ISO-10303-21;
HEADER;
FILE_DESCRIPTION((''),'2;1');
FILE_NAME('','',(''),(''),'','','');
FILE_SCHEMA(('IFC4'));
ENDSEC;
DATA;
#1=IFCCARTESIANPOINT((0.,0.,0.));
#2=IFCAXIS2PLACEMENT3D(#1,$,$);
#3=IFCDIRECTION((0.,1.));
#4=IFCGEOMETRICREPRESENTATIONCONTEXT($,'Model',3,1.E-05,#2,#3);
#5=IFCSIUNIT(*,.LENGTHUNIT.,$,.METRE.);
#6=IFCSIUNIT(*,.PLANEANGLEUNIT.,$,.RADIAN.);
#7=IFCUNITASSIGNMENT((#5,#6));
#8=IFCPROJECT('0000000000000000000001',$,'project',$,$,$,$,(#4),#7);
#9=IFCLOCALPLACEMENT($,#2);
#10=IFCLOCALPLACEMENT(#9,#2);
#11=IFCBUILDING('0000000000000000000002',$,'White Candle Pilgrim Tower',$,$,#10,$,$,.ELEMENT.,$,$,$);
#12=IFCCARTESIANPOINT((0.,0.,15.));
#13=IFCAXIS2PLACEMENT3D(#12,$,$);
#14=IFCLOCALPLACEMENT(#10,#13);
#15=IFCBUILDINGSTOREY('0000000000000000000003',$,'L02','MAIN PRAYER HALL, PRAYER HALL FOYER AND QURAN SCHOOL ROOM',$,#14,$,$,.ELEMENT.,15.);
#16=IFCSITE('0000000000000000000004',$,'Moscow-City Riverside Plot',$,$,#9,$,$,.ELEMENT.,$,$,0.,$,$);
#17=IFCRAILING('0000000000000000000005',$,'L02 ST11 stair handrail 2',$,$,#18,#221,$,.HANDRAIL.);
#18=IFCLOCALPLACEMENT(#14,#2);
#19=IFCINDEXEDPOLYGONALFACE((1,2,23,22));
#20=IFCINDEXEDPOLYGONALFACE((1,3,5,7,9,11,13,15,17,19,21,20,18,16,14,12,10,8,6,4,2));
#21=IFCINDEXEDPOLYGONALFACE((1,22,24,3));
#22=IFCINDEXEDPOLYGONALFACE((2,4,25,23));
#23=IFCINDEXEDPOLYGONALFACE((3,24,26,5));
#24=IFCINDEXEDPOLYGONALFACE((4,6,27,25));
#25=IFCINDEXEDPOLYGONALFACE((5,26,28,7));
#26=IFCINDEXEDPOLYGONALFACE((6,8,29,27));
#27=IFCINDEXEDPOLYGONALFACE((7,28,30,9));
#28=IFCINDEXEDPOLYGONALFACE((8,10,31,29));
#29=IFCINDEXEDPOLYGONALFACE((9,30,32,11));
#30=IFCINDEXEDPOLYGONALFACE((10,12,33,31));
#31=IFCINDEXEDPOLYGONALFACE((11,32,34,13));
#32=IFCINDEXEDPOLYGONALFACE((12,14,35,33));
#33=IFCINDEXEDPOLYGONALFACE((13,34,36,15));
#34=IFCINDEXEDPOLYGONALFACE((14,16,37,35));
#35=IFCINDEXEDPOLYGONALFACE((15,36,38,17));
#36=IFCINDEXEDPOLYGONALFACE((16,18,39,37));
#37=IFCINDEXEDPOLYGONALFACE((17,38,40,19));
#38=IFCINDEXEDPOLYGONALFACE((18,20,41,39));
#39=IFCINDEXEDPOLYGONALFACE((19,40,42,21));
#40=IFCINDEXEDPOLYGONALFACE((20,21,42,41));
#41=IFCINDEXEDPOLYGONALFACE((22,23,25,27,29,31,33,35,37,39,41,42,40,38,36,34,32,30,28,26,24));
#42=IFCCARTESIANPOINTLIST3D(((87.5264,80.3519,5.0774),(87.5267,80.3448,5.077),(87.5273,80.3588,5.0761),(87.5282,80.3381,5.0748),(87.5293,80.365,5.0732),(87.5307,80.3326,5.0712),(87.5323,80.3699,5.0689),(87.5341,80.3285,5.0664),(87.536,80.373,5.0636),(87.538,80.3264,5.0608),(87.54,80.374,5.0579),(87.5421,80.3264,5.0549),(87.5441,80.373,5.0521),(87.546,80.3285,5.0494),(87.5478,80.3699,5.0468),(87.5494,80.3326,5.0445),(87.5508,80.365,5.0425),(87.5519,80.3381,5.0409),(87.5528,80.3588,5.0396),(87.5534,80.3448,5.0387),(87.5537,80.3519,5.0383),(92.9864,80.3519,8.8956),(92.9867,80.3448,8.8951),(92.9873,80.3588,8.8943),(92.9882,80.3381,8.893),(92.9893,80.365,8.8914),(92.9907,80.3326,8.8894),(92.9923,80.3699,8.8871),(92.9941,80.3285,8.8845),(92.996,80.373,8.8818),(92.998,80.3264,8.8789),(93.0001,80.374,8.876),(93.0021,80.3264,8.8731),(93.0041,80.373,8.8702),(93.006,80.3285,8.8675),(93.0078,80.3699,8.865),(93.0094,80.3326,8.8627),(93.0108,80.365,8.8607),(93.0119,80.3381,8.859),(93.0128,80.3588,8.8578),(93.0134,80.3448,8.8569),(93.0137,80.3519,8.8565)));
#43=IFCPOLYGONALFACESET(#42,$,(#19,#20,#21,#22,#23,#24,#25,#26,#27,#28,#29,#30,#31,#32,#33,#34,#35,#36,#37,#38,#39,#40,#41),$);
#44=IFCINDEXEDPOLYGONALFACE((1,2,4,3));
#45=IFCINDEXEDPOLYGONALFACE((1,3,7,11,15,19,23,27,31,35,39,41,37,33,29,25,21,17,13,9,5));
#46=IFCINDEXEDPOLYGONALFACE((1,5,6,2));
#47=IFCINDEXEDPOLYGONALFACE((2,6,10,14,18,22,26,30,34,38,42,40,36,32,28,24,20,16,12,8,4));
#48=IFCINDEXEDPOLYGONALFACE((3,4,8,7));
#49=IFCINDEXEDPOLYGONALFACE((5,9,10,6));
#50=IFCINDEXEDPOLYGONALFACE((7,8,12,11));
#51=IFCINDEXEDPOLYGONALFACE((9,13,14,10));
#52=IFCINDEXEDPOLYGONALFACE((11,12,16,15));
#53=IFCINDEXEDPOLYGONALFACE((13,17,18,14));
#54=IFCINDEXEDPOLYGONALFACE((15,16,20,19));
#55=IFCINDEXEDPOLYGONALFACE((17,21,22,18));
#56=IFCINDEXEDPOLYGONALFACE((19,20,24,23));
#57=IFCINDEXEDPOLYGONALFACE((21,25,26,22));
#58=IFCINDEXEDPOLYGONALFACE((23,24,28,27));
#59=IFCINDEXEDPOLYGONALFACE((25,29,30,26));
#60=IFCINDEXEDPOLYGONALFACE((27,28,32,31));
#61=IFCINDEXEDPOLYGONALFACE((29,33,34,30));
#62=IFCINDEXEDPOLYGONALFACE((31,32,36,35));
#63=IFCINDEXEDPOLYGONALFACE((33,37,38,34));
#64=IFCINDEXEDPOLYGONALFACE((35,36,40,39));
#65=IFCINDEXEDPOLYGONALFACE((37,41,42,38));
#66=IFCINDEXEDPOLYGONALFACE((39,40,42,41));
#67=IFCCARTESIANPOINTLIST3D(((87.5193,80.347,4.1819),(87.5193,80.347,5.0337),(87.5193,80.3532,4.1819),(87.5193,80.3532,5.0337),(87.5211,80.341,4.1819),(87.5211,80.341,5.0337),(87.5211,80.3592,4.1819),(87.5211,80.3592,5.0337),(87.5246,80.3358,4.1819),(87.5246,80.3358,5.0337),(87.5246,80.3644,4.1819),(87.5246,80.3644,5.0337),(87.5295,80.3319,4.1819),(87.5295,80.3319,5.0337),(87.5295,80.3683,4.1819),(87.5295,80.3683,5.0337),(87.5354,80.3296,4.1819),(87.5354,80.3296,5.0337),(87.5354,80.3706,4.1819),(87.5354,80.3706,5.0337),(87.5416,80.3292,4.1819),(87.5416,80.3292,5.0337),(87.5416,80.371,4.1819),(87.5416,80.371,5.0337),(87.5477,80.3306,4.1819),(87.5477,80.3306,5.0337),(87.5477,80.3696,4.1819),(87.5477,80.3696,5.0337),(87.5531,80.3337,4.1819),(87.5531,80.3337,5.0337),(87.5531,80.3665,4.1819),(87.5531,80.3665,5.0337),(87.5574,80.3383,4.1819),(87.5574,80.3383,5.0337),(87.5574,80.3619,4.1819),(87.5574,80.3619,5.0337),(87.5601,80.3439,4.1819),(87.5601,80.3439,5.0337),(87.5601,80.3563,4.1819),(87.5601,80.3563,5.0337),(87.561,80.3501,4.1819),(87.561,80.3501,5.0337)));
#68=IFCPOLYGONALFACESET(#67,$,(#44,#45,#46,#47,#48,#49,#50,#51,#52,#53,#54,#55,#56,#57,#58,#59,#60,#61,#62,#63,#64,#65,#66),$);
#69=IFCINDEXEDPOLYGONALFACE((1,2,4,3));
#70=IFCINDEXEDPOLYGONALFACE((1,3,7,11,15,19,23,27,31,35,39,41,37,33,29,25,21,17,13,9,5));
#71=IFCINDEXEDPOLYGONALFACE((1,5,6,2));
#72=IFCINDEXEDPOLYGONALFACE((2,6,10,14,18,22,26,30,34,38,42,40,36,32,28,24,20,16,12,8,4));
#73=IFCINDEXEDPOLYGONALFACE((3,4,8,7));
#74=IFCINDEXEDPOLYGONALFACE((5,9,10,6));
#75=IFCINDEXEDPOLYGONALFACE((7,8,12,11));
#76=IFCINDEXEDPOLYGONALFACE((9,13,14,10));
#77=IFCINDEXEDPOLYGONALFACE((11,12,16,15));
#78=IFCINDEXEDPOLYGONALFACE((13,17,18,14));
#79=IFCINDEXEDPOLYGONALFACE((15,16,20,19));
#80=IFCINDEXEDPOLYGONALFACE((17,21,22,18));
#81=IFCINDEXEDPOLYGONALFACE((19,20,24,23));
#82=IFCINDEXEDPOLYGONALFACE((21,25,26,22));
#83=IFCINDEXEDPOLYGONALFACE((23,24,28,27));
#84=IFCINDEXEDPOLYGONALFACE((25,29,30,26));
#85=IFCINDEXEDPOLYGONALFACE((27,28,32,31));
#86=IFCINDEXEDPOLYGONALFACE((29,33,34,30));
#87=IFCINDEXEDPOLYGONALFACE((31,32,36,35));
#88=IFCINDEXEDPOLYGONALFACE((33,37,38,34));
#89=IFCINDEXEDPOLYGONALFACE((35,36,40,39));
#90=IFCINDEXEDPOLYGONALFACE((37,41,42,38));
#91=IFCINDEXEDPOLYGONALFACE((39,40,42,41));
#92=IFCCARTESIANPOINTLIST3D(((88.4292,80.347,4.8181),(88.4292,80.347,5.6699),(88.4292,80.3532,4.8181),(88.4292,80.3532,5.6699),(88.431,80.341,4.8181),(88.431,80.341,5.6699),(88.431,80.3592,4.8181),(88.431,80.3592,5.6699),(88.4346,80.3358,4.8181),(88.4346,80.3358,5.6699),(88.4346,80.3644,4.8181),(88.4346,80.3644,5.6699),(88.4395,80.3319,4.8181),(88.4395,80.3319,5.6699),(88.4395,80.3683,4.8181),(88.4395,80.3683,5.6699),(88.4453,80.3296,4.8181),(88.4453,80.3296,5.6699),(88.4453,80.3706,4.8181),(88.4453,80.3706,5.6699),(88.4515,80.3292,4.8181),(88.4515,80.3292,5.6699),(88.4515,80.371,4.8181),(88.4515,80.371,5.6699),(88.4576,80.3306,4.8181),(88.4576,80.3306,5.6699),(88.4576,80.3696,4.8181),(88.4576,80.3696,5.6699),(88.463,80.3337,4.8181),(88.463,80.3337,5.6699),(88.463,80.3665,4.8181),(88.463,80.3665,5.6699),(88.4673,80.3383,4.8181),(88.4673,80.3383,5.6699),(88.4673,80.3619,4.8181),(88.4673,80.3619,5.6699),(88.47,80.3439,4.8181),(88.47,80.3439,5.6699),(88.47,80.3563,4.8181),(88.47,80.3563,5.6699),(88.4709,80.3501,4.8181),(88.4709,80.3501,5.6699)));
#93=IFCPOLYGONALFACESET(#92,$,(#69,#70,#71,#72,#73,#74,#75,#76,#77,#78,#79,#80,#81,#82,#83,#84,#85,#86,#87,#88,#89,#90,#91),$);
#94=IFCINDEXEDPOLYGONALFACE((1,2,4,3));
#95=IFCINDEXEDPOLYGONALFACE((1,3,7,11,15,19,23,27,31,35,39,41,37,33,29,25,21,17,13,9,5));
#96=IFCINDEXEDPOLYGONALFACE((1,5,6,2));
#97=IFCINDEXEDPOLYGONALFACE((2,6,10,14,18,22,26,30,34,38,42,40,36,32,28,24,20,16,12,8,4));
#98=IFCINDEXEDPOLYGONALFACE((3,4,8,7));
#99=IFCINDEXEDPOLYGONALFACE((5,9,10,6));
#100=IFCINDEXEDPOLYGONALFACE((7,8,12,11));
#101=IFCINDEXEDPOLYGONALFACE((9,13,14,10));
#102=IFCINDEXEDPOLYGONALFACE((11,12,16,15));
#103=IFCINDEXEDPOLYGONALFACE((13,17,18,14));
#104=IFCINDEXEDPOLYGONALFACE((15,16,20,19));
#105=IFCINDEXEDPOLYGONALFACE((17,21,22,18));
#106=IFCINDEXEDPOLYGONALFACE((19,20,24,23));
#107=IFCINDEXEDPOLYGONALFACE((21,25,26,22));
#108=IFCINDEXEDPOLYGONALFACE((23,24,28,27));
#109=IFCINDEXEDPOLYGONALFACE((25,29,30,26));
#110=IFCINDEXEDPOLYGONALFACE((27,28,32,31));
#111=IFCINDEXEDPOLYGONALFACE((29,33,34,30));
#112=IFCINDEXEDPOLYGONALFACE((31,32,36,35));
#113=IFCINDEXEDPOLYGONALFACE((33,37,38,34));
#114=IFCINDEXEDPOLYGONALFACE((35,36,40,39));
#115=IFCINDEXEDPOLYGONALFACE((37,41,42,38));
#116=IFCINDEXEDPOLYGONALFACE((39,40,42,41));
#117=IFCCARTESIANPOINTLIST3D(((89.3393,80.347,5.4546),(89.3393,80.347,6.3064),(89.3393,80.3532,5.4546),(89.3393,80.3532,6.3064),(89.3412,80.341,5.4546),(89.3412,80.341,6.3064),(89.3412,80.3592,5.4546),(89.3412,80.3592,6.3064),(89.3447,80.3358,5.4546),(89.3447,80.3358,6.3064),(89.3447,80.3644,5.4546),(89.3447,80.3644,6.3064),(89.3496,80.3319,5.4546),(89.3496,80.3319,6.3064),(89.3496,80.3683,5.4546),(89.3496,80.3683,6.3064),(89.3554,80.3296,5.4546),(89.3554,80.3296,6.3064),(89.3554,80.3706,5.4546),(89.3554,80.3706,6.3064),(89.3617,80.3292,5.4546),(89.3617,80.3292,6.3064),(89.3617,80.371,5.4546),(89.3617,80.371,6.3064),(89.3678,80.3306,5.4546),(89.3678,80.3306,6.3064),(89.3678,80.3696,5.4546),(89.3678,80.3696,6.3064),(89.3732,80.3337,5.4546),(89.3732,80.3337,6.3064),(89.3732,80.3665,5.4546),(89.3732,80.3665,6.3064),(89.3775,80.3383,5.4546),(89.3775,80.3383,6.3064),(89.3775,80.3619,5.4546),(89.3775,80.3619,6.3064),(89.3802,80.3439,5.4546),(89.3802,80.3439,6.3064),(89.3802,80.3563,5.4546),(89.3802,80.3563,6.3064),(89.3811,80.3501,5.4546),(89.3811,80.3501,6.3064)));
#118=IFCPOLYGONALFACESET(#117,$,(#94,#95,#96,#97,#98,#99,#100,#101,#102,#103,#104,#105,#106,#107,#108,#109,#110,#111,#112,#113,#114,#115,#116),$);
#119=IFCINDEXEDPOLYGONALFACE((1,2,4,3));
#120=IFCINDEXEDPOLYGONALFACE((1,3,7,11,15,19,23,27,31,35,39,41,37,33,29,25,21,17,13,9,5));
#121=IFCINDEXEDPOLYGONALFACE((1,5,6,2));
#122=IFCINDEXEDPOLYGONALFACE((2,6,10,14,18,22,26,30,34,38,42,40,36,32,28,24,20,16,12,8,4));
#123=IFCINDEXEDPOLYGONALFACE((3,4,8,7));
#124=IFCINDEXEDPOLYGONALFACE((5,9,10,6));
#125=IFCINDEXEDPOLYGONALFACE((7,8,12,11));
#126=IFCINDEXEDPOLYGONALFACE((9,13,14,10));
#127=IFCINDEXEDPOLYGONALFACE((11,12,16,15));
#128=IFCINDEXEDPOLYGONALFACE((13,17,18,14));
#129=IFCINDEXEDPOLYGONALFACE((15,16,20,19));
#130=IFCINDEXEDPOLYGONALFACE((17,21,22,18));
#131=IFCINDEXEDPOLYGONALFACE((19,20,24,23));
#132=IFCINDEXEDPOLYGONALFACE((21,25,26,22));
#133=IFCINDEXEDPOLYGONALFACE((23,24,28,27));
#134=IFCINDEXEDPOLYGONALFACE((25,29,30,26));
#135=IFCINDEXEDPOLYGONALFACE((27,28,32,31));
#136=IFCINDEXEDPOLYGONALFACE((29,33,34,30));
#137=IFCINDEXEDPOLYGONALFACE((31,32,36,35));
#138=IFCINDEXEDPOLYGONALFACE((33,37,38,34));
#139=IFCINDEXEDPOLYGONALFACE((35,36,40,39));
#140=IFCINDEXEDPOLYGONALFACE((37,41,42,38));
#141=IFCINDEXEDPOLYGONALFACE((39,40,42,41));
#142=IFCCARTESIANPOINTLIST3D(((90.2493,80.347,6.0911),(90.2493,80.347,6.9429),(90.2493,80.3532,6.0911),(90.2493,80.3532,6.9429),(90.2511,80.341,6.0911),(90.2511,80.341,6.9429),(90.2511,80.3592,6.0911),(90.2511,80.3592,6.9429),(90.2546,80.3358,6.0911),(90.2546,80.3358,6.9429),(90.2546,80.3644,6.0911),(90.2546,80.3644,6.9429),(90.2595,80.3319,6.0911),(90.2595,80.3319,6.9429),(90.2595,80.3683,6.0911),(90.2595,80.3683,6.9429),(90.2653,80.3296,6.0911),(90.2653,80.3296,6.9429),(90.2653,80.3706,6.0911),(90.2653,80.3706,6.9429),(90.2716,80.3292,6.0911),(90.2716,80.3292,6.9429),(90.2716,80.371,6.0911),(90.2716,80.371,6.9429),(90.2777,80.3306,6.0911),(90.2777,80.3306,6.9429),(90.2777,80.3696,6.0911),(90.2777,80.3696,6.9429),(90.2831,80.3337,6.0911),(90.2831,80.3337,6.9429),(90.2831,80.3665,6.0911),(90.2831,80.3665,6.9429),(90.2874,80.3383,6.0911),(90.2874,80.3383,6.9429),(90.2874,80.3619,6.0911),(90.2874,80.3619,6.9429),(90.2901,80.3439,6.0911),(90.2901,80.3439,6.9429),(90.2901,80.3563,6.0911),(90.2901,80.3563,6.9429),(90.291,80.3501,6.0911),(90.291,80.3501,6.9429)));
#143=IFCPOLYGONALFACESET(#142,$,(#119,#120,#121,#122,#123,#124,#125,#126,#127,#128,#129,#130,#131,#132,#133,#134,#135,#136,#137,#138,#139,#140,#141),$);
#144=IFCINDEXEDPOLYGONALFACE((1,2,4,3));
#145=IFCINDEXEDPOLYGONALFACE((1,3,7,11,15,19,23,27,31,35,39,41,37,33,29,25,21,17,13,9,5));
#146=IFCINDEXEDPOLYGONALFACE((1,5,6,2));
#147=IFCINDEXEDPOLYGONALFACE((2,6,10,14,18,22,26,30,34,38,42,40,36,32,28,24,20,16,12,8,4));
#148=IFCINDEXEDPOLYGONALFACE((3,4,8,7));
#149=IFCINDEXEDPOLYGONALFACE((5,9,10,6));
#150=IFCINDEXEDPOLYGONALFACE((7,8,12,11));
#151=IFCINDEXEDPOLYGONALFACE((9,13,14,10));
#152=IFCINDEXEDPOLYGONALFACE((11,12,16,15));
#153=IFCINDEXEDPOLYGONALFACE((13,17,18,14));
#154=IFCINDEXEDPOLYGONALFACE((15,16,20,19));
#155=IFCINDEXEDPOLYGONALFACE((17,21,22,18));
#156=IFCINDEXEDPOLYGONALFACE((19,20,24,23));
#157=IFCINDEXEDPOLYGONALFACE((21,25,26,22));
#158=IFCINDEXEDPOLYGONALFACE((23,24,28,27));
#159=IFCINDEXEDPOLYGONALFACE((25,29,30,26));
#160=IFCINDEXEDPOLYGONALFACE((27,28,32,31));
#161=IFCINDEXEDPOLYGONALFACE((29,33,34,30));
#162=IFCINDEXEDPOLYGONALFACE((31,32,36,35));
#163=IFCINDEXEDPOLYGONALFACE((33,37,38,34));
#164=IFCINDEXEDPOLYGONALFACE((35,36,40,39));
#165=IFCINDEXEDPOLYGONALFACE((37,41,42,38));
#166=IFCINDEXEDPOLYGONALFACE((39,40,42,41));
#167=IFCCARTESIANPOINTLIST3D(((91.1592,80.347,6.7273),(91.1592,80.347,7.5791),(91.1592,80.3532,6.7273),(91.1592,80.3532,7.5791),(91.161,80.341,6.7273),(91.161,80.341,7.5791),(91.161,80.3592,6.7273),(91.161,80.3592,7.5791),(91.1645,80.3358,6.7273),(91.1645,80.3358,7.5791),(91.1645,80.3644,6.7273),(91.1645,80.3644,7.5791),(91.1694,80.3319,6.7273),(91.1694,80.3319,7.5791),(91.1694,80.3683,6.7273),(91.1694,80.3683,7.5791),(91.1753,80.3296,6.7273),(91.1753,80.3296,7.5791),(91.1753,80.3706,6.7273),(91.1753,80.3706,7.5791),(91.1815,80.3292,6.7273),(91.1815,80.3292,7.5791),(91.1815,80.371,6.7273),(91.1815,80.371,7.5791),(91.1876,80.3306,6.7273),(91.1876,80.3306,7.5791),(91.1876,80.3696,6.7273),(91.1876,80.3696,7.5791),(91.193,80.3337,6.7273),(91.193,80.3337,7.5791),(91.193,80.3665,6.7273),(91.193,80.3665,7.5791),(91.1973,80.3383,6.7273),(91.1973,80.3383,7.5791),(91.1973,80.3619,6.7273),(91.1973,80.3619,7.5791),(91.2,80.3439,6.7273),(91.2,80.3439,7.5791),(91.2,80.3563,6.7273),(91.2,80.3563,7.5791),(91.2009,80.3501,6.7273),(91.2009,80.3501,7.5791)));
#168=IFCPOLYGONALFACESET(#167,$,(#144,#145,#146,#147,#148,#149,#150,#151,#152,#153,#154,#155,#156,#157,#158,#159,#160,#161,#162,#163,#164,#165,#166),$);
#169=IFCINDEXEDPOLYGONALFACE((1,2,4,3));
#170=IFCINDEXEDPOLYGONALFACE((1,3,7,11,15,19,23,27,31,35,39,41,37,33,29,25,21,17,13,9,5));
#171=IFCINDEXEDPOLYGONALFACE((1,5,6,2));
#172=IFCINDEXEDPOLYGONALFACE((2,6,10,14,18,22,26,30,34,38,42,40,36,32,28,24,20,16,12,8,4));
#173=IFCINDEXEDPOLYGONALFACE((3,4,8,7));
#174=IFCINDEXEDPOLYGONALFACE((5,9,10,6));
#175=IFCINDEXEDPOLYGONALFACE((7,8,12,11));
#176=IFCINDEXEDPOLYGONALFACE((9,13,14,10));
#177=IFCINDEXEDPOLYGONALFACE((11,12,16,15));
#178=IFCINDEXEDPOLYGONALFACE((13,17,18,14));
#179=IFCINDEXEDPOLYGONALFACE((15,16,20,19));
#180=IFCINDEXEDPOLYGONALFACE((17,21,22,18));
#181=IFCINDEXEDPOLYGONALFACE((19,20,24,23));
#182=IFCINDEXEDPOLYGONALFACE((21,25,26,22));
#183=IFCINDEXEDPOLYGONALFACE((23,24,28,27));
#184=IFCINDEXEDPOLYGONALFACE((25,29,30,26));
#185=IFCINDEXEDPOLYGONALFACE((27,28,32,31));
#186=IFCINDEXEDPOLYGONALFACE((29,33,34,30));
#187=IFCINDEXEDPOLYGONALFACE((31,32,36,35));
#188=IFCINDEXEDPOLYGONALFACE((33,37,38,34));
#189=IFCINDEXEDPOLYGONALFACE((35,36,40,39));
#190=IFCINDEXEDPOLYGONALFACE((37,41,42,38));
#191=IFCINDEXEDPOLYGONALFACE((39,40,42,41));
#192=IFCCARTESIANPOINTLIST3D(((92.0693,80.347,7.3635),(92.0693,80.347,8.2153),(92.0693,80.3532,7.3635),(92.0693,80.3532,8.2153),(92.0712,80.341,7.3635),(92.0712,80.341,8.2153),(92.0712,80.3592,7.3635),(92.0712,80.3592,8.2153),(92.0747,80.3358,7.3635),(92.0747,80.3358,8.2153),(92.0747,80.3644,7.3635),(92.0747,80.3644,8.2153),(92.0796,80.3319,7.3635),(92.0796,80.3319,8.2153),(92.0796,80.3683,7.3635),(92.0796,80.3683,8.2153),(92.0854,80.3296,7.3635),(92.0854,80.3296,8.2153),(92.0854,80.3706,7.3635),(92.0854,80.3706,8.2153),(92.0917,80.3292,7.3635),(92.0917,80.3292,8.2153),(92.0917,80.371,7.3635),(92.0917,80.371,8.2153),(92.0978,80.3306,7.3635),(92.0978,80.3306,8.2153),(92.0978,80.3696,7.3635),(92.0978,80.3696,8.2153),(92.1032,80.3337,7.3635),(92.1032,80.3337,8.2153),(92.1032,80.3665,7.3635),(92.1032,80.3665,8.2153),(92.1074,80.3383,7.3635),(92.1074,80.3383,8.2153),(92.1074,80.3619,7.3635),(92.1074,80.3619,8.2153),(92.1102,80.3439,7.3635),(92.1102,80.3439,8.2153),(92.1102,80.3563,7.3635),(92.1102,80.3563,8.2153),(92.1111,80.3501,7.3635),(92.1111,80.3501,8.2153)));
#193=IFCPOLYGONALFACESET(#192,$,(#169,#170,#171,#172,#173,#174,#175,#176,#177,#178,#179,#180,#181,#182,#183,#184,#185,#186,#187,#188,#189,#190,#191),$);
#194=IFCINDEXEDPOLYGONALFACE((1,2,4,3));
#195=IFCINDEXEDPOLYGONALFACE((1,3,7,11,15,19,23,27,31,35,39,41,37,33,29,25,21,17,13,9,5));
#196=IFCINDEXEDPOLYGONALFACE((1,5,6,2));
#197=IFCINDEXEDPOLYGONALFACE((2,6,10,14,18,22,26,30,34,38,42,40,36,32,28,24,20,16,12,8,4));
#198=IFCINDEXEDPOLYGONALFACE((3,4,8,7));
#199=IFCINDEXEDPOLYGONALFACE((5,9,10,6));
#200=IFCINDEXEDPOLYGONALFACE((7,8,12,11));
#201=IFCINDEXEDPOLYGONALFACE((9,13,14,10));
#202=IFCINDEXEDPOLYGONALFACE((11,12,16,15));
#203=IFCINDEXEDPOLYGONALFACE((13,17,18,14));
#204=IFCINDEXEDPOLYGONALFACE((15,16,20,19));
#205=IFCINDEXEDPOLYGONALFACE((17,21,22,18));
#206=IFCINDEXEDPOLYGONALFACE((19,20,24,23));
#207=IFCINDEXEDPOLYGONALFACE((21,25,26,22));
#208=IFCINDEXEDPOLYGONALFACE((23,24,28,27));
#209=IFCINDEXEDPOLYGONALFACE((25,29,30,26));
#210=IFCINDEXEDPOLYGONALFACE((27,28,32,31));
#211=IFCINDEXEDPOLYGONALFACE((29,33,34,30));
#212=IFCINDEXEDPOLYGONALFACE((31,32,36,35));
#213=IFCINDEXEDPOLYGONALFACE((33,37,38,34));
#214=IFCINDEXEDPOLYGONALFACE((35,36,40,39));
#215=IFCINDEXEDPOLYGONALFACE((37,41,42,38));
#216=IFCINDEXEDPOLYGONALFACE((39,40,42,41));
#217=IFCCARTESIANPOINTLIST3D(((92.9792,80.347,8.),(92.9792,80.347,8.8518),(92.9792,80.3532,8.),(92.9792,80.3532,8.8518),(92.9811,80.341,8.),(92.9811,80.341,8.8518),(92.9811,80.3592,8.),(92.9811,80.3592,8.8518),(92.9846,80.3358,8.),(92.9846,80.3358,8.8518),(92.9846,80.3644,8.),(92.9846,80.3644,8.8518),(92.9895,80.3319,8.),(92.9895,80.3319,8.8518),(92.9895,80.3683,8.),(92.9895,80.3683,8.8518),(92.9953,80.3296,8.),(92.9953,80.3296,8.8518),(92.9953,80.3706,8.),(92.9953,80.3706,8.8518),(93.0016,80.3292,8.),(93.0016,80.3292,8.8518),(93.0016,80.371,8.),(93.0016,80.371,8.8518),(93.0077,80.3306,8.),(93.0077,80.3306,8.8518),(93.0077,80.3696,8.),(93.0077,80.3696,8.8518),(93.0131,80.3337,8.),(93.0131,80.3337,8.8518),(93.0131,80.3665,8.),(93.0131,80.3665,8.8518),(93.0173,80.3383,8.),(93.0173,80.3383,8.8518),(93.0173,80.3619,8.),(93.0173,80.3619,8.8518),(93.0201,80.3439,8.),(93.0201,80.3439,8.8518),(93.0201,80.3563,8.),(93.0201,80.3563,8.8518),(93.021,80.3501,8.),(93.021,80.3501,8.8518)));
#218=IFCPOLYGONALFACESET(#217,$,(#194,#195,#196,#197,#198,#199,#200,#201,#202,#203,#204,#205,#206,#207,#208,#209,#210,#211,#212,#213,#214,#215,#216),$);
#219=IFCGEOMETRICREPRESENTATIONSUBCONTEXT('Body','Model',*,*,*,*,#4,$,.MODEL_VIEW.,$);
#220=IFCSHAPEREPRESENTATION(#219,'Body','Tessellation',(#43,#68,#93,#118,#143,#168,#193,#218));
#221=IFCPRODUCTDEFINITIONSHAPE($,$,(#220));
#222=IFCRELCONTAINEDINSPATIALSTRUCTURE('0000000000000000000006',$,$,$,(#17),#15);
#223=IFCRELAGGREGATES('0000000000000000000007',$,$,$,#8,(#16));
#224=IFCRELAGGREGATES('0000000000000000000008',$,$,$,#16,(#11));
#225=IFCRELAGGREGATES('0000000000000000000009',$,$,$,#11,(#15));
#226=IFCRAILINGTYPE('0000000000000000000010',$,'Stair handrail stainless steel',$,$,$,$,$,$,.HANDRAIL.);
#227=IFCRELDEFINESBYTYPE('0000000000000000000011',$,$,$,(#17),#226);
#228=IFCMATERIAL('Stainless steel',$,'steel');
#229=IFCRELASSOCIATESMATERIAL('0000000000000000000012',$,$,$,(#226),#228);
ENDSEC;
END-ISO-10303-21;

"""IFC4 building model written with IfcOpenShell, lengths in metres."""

from ifc_helpers import new_model, si_unit, direction, frame, origin, origin_2d, place, context, subcontext, project, spatial, circle, extrude, material, type_object, element, save


model = new_model("IFC4")

# Units and contexts
model_context = context("Model", 3, precision=1e-05, world=origin(), true_north=direction((0.0, 1.0)))
body_context = subcontext(model_context, "Body", "Model", "MODEL_VIEW")
ifc_project = project(units=[si_unit("LENGTHUNIT", "METRE"), si_unit("PLANEANGLEUNIT", "RADIAN")], contexts=[model_context])

# Site, building, storey
site_placement = place(None, origin())
site = spatial("IfcSite", under=ifc_project, at=site_placement, Name="Moscow-City Riverside Plot", CompositionType="ELEMENT", RefElevation=0.0)
building_placement = place(site_placement, origin())
building = spatial("IfcBuilding", under=site, at=building_placement, Name="White Candle Pilgrim Tower", CompositionType="ELEMENT")
storey_placement = place(building_placement, frame((0.0, 0.0, 15.0)))
storey = spatial("IfcBuildingStorey", under=building, at=storey_placement, Name="L02", Description="MAIN PRAYER HALL, PRAYER HALL FOYER AND QURAN SCHOOL ROOM", CompositionType="ELEMENT", Elevation=15.0)

# Railing
ifc_material_1 = material(Name="Stainless steel", Category="steel")
railing_type_1 = type_object("IfcRailingType", Name="Stair handrail stainless steel", PredefinedType="HANDRAIL", material=ifc_material_1)
railing_1_placement = place(storey_placement, frame((87.54, 80.3501, 4.1819)))
element("IfcRailing", 1, at=railing_1_placement, inside=storey, type_object=railing_type_1, Name="L02 ST11 stair handrail 2", PredefinedType="HANDRAIL", context=body_context, shape_type="SweptSolid", body=[
    extrude(circle(Radius=0.0239, at=origin_2d()), frame((0.0, 0.0, 0.876), z_axis=(0.819504, 0.0, 0.573074), x_axis=(0.0, 1.0, 0.0)), (0.0, 0.0, 1.0), 6.6626),
    extrude(circle(Radius=0.021, at=origin_2d()), origin(), (0.0, 0.0, 1.0), 0.8518),
    extrude(circle(Radius=0.021, at=origin_2d()), frame((0.9099, 0.0, 0.6362)), (0.0, 0.0, 1.0), 0.8518),
    extrude(circle(Radius=0.021, at=origin_2d()), frame((1.8201, 0.0, 1.2727)), (0.0, 0.0, 1.0), 0.8518),
    extrude(circle(Radius=0.021, at=origin_2d()), frame((2.73, 0.0, 1.9092)), (0.0, 0.0, 1.0), 0.8518),
    extrude(circle(Radius=0.021, at=origin_2d()), frame((3.6399, 0.0, 2.5454)), (0.0, 0.0, 1.0), 0.8518),
    extrude(circle(Radius=0.021, at=origin_2d()), frame((4.55, 0.0, 3.1816)), (0.0, 0.0, 1.0), 0.8518),
    extrude(circle(Radius=0.021, at=origin_2d()), frame((5.46, 0.0, 3.8181)), (0.0, 0.0, 1.0), 0.8518),
])

save(model, "model.ifc")
